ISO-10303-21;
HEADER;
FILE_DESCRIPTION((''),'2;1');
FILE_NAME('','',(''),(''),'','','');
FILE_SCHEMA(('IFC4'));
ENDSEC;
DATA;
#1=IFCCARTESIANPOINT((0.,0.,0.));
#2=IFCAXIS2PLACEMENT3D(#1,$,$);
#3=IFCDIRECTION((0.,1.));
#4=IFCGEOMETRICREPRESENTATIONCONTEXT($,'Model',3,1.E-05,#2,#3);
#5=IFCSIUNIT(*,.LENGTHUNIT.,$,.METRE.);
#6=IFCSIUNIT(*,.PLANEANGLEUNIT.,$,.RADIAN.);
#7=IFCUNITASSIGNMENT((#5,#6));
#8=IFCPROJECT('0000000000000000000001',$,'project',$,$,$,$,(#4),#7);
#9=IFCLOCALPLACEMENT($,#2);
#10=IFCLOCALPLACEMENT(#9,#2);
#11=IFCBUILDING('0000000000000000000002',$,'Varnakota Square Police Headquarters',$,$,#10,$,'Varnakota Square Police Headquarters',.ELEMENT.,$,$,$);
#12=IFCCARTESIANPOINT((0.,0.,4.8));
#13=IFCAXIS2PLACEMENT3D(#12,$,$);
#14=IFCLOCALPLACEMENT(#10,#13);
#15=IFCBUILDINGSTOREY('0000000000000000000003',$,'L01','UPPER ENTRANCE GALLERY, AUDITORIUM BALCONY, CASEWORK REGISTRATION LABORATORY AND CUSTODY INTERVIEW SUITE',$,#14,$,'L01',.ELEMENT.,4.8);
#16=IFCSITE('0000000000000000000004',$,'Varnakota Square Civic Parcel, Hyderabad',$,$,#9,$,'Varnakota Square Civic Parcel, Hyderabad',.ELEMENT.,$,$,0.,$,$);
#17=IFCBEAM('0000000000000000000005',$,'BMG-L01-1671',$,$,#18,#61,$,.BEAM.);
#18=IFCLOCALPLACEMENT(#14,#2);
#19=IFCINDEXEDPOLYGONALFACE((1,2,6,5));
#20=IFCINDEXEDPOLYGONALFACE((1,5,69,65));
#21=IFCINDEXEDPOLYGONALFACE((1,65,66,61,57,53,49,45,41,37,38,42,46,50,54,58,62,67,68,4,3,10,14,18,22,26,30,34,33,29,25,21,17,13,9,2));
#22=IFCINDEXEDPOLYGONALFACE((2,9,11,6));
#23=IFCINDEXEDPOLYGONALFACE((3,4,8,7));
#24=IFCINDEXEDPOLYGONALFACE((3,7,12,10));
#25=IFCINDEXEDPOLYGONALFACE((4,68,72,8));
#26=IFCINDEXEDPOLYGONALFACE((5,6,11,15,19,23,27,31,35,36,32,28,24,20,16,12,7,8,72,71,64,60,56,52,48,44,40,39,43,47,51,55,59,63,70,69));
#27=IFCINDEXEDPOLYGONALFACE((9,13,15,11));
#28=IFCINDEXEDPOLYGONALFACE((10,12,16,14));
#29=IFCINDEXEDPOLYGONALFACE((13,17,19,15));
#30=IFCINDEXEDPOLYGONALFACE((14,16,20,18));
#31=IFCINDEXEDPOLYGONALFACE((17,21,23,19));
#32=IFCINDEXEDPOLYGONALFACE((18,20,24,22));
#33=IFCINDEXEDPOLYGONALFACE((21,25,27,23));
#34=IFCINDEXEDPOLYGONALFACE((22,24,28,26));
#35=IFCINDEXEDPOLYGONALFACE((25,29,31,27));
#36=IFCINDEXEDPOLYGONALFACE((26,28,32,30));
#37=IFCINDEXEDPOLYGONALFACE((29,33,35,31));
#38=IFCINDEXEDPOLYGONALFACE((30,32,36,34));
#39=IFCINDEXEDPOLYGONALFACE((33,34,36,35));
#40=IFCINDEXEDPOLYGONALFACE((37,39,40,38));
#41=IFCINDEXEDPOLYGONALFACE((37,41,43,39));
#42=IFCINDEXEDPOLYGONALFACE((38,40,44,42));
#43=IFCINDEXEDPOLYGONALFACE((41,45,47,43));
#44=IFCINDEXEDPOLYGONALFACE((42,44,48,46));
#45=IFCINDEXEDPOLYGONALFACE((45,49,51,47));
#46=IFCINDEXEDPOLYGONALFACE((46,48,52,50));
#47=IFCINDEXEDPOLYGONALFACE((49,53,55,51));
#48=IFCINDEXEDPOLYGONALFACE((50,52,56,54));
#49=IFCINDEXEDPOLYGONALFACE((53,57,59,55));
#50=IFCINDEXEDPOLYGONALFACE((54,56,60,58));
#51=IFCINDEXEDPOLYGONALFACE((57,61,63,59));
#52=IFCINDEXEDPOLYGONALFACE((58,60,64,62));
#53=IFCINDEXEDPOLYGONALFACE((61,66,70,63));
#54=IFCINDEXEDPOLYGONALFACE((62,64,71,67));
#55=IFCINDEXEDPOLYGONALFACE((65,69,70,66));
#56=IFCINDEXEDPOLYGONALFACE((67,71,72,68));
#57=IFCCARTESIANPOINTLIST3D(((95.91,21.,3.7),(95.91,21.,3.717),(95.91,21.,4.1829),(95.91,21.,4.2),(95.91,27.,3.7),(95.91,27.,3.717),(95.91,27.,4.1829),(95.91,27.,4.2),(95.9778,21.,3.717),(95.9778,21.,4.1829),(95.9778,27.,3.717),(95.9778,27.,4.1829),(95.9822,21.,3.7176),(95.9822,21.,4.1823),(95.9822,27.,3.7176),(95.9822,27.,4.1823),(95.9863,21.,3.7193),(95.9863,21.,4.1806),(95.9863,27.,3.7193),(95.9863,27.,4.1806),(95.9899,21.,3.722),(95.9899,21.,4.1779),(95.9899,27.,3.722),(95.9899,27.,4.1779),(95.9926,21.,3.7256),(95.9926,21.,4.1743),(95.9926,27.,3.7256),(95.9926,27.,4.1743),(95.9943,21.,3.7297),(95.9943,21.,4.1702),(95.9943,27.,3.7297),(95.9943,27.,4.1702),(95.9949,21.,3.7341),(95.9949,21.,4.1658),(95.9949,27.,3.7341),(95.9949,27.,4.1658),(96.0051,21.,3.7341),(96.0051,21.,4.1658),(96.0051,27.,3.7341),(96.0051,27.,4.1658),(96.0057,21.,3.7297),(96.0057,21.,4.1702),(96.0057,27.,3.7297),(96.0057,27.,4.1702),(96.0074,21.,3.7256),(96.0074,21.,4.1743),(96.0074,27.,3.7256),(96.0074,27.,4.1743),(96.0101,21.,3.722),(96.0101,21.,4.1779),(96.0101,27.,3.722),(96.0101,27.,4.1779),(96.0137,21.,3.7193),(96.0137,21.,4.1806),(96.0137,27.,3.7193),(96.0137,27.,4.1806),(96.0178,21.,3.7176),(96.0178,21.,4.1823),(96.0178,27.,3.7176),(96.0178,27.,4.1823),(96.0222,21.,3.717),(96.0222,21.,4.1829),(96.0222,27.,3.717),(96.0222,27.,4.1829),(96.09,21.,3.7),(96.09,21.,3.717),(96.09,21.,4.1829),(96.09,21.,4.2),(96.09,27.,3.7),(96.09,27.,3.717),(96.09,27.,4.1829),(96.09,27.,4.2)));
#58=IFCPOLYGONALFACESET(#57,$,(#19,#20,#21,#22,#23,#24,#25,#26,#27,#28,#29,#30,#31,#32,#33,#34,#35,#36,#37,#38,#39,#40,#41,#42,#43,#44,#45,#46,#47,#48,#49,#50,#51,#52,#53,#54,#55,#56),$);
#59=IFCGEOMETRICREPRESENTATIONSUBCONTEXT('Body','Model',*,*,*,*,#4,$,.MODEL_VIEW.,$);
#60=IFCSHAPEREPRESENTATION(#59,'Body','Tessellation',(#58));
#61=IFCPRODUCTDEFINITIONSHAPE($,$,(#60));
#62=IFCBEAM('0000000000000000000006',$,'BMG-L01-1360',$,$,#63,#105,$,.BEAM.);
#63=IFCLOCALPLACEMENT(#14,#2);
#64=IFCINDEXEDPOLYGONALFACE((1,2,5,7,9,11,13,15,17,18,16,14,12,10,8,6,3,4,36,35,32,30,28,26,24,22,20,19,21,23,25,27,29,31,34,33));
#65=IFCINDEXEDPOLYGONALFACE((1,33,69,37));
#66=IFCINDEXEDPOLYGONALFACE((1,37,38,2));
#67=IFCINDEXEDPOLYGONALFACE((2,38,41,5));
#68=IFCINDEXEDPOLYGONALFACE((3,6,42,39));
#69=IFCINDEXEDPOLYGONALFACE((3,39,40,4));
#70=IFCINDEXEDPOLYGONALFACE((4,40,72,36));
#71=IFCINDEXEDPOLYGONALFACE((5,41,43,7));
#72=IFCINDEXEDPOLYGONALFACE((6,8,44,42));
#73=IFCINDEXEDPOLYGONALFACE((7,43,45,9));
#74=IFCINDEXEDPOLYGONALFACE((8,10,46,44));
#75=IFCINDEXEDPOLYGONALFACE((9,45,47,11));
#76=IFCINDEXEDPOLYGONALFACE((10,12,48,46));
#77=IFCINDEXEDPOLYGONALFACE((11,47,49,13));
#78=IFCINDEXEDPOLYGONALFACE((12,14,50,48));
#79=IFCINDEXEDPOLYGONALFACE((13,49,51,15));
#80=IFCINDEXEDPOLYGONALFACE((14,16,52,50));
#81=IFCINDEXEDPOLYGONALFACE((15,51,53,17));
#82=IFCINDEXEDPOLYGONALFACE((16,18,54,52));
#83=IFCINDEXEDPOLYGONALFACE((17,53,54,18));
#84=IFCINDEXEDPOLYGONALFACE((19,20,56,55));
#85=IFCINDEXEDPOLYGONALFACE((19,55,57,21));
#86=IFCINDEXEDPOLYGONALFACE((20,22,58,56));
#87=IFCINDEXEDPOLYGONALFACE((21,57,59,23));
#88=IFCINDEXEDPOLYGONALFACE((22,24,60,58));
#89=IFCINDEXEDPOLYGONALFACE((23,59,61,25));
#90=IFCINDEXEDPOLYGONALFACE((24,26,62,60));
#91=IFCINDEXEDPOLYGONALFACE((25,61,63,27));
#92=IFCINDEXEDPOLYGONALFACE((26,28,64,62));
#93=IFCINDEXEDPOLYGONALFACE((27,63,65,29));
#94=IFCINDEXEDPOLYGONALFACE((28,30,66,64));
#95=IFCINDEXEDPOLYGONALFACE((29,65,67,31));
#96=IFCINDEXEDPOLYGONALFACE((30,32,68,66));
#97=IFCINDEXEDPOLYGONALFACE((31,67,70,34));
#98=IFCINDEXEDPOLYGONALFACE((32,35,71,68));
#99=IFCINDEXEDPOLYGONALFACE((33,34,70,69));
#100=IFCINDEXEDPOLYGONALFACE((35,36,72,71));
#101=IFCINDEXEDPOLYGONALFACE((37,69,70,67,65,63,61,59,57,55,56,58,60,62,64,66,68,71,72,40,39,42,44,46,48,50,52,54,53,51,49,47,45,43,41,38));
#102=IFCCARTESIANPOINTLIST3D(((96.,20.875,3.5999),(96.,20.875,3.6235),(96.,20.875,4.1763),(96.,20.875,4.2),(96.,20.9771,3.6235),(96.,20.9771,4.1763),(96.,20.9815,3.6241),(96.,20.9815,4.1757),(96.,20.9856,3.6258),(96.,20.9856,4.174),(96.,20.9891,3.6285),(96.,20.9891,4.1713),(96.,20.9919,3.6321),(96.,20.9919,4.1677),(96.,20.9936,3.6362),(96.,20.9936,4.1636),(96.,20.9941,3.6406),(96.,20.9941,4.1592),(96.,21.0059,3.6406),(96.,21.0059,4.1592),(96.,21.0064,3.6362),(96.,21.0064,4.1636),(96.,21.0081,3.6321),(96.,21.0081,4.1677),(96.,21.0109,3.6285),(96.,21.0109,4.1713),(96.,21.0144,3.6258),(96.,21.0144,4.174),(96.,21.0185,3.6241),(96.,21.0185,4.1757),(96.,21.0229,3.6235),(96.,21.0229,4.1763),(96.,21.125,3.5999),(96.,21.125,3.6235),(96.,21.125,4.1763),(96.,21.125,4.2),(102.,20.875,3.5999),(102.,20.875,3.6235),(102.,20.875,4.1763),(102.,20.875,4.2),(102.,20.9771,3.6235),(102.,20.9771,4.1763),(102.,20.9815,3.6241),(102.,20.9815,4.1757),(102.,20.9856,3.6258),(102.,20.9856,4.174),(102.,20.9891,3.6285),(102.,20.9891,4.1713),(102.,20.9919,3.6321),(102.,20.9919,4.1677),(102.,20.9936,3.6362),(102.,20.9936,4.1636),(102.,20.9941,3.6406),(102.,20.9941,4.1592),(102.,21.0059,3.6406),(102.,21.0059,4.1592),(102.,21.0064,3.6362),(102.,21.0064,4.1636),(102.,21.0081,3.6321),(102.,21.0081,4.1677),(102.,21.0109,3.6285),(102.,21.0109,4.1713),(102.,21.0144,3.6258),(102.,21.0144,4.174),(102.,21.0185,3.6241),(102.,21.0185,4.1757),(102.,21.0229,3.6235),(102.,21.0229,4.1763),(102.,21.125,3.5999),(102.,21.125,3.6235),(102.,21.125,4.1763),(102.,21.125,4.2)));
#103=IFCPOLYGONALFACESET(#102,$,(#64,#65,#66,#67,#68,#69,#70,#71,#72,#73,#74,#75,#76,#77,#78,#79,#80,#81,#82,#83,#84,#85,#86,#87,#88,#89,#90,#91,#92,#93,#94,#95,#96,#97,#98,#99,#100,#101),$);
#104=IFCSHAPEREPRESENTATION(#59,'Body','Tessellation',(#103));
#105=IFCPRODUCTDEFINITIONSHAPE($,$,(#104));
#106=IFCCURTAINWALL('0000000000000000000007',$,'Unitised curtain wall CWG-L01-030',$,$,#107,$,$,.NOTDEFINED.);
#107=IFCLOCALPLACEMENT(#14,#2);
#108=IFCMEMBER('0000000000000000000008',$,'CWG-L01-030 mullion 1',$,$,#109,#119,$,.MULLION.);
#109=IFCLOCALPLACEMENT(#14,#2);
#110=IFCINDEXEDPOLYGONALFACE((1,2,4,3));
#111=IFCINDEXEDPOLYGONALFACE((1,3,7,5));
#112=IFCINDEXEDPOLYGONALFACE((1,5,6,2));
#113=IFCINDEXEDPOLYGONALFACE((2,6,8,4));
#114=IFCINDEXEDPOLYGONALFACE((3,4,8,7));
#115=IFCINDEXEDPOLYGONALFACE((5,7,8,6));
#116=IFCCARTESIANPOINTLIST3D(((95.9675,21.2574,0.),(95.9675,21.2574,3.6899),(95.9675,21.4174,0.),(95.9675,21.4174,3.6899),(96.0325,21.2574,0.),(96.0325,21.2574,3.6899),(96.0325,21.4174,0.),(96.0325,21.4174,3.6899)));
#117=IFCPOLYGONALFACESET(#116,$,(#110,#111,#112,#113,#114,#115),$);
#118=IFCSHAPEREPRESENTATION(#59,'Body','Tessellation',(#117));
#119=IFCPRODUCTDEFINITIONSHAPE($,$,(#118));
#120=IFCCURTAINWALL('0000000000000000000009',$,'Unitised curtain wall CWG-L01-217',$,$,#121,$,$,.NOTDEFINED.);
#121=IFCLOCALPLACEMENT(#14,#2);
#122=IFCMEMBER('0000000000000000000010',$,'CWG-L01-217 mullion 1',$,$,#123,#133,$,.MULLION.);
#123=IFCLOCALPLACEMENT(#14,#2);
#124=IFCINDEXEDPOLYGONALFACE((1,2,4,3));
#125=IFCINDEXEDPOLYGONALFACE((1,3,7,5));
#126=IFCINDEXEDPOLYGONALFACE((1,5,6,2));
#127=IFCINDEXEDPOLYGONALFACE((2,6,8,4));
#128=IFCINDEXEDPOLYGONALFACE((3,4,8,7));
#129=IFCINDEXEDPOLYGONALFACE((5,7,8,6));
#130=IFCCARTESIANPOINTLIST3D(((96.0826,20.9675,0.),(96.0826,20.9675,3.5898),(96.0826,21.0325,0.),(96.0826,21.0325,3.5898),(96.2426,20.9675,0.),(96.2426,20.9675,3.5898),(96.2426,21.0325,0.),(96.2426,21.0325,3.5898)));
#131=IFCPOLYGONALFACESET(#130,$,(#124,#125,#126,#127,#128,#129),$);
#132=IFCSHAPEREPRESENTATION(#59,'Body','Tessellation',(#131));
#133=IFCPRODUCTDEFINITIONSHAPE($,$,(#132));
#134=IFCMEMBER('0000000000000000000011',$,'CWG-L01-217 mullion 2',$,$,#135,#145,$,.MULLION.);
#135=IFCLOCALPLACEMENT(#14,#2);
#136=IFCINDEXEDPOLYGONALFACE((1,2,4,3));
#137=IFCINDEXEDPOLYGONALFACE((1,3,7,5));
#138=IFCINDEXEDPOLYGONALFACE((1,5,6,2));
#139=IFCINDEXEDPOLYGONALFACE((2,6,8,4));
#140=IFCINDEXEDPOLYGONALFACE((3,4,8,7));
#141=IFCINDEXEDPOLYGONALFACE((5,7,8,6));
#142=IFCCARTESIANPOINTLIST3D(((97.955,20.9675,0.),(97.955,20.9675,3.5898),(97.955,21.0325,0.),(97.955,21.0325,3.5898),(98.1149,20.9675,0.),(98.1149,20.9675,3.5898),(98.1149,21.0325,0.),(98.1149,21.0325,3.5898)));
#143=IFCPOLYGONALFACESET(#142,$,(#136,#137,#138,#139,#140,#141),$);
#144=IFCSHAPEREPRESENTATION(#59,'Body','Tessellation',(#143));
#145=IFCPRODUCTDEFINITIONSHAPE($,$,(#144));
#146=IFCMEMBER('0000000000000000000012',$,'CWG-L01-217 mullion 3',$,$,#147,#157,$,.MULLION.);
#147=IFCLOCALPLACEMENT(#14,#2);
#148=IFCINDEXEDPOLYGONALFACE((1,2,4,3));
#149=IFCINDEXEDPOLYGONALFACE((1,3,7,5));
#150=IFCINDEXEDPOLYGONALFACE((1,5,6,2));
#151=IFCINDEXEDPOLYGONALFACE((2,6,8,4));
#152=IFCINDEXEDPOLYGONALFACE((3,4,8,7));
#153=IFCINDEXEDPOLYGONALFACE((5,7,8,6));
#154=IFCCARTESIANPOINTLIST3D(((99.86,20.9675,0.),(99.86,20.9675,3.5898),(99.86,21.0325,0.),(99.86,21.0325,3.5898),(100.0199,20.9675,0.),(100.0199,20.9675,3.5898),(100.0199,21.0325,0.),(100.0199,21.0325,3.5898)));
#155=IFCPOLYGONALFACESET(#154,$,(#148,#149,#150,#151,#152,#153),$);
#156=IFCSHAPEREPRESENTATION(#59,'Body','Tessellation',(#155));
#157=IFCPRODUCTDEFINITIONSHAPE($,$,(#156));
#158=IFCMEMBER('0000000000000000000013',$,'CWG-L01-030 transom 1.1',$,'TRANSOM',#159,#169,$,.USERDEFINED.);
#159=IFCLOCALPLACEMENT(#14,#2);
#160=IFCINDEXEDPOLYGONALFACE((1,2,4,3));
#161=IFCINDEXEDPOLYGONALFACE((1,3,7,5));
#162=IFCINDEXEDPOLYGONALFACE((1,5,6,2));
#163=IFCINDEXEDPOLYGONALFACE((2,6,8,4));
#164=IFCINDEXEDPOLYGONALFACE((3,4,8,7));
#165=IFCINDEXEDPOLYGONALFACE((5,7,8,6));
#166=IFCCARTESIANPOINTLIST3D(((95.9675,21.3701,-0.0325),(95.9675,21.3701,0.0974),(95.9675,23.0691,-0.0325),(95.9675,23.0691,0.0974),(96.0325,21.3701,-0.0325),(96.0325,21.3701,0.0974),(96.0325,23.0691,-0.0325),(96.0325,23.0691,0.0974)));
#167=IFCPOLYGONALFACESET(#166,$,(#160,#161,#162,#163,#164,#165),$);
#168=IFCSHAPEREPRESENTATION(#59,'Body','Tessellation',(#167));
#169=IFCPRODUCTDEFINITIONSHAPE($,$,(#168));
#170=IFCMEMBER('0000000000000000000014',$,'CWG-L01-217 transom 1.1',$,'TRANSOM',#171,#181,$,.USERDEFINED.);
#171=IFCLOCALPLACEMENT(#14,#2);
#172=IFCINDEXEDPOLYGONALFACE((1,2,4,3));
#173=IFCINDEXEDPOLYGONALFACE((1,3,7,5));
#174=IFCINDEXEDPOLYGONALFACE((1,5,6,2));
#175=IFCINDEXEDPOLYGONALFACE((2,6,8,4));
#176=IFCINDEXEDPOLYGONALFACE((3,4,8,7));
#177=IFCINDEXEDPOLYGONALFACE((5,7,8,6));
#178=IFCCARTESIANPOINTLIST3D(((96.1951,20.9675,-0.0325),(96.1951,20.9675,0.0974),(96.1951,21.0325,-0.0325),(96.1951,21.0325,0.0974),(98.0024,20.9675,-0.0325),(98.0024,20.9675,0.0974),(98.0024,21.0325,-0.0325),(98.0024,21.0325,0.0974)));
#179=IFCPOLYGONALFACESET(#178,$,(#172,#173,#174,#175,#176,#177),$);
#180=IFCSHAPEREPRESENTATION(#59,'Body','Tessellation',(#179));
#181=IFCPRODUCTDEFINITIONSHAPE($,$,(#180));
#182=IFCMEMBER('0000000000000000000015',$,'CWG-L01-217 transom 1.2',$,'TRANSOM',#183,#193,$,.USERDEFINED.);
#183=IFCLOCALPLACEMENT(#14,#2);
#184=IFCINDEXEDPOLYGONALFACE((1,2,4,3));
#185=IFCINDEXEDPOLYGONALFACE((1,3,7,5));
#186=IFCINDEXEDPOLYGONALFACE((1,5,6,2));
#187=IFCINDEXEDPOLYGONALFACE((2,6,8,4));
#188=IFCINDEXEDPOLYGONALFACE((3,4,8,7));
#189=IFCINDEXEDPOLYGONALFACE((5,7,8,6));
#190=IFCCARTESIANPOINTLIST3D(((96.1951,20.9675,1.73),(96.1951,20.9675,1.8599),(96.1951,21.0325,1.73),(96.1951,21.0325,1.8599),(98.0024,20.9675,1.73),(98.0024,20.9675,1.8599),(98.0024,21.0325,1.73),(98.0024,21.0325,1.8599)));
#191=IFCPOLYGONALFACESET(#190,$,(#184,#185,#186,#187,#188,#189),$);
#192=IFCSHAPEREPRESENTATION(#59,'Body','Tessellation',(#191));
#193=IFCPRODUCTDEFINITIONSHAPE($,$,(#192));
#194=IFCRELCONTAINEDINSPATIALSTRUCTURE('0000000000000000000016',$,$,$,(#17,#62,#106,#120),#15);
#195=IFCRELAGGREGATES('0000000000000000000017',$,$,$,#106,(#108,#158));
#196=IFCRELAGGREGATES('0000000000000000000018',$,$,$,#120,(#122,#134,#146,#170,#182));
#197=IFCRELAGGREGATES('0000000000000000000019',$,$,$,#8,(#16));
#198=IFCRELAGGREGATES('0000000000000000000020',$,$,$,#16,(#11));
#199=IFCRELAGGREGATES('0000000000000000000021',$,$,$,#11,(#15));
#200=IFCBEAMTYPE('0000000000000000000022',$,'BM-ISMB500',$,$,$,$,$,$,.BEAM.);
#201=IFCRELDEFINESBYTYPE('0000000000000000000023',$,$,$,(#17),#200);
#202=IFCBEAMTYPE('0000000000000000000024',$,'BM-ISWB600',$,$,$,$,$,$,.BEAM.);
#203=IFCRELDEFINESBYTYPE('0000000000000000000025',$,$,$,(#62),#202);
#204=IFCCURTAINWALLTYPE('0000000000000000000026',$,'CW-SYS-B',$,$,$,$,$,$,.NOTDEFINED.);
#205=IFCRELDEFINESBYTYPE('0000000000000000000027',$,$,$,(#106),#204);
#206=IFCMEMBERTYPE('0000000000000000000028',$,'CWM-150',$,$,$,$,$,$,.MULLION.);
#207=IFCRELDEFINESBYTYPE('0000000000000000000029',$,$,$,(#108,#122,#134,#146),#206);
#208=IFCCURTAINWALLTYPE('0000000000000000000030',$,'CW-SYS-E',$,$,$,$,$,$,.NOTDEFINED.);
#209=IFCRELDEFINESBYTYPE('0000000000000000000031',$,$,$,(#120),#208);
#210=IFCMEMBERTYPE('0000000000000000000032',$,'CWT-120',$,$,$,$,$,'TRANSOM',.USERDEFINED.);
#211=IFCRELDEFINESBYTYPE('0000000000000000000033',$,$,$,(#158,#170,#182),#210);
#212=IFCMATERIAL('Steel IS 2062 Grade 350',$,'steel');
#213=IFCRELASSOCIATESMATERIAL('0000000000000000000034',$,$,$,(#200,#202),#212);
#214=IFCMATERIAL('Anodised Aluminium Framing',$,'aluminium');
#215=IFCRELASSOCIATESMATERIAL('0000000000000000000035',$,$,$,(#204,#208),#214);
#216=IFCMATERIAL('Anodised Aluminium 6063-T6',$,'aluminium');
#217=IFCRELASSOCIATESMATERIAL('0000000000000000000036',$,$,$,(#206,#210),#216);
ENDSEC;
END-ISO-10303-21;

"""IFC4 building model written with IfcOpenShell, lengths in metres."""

from ifc_helpers import new_model, si_unit, direction, frame, origin, origin_2d, place, context, subcontext, project, spatial, rectangle, i_section, extrude, material, material_profile, profile_set, type_object, element, aggregate, save


model = new_model("IFC4")

# Units and contexts
model_context = context("Model", 3, precision=1e-05, world=origin(), true_north=direction((0.0, 1.0)))
body_context = subcontext(model_context, "Body", "Model", "MODEL_VIEW")
ifc_project = project(units=[si_unit("LENGTHUNIT", "METRE"), si_unit("PLANEANGLEUNIT", "RADIAN")], contexts=[model_context])

# Site, building, storey
site_placement = place(None, origin())
site = spatial("IfcSite", under=ifc_project, at=site_placement, Name="Varnakota Square Civic Parcel, Hyderabad", LongName="Varnakota Square Civic Parcel, Hyderabad", CompositionType="ELEMENT", RefElevation=0.0)
building_placement = place(site_placement, origin())
building = spatial("IfcBuilding", under=site, at=building_placement, Name="Varnakota Square Police Headquarters", LongName="Varnakota Square Police Headquarters", CompositionType="ELEMENT")
storey_placement = place(building_placement, frame((0.0, 0.0, 4.8)))
storey = spatial("IfcBuildingStorey", under=building, at=storey_placement, Name="L01", Description="UPPER ENTRANCE GALLERY, AUDITORIUM BALCONY, CASEWORK REGISTRATION LABORATORY AND CUSTODY INTERVIEW SUITE", LongName="L01", CompositionType="ELEMENT", Elevation=4.8)

# Beams
ifc_material_1 = material(Name="Steel IS 2062 Grade 350", Category="steel")
ifc_material_profile_1 = material_profile(ifc_material_1, i_section(OverallWidth=0.1799, OverallDepth=0.5, WebThickness=0.0103, FlangeThickness=0.0171, FilletRadius=0.0171, at=origin_2d()), Name="ISMB 500")
ifc_profile_set_1 = profile_set([ifc_material_profile_1], Name="Steel IS 2062 Grade 350")
beam_type_1 = type_object("IfcBeamType", Name="BM-ISMB500", PredefinedType="BEAM", material=ifc_profile_set_1)
beam_1_placement = place(storey_placement, frame((96.0, 21.0, 3.95), z_axis=(0.0, 1.0, 0.0), x_axis=(-1.0, 0.0, 0.0)))
element("IfcBeam", 1, at=beam_1_placement, inside=storey, type_object=beam_type_1, Name="BMG-L01-1671", PredefinedType="BEAM", context=body_context, shape_type="SweptSolid", body=[
    extrude(i_section(OverallWidth=0.1799, OverallDepth=0.5, WebThickness=0.0103, FlangeThickness=0.0171, FilletRadius=0.0171, at=origin_2d()), origin(), (0.0, 0.0, 1.0), 6.0),
])
ifc_material_profile_2 = material_profile(ifc_material_1, i_section(OverallWidth=0.25, OverallDepth=0.6001, WebThickness=0.0117, FlangeThickness=0.0237, FilletRadius=0.0171, at=origin_2d()), Name="ISWB 600")
ifc_profile_set_2 = profile_set([ifc_material_profile_2], Name="Steel IS 2062 Grade 350")
beam_type_2 = type_object("IfcBeamType", Name="BM-ISWB600", PredefinedType="BEAM", material=ifc_profile_set_2)
beam_2_placement = place(storey_placement, frame((96.0, 21.0, 3.8999), z_axis=(1.0, 0.0, 0.0), x_axis=(0.0, 1.0, 0.0)))
element("IfcBeam", 2, at=beam_2_placement, inside=storey, type_object=beam_type_2, Name="BMG-L01-1360", PredefinedType="BEAM", context=body_context, shape_type="SweptSolid", body=[
    extrude(i_section(OverallWidth=0.25, OverallDepth=0.6001, WebThickness=0.0117, FlangeThickness=0.0237, FilletRadius=0.0171, at=origin_2d()), origin(), (0.0, 0.0, 1.0), 6.0),
])

# Curtain wall, member
ifc_material_2 = material(Name="Anodised Aluminium Framing", Category="aluminium")
curtain_wall_type_1 = type_object("IfcCurtainWallType", Name="CW-SYS-B", PredefinedType="NOTDEFINED", material=ifc_material_2)
curtain_wall_1_placement = place(storey_placement, origin())
curtain_wall_1 = element("IfcCurtainWall", 3, at=curtain_wall_1_placement, inside=storey, type_object=curtain_wall_type_1, Name="Unitised curtain wall CWG-L01-030", PredefinedType="NOTDEFINED")
ifc_material_3 = material(Name="Anodised Aluminium 6063-T6", Category="aluminium")
ifc_material_profile_3 = material_profile(ifc_material_3, rectangle(XDim=0.0649, YDim=0.1599, at=origin_2d()), Name="ALU MULLION 65x160")
ifc_profile_set_3 = profile_set([ifc_material_profile_3], Name="Anodised Aluminium 6063-T6")
member_type_1 = type_object("IfcMemberType", Name="CWM-150", PredefinedType="MULLION", material=ifc_profile_set_3)
member_1_placement = place(storey_placement, frame((96.0, 21.3374, 0.0), z_axis=(0.0, 0.0, 1.0), x_axis=(-1.0, 0.0, 0.0)))
member_1 = element("IfcMember", 4, at=member_1_placement, type_object=member_type_1, Name="CWG-L01-030 mullion 1", PredefinedType="MULLION", context=body_context, shape_type="SweptSolid", body=[
    extrude(rectangle(XDim=0.0649, YDim=0.1599, at=origin_2d()), origin(), (0.0, 0.0, 1.0), 3.6899),
])

# Curtain wall, members
curtain_wall_type_2 = type_object("IfcCurtainWallType", Name="CW-SYS-E", PredefinedType="NOTDEFINED", material=ifc_material_2)
curtain_wall_2_placement = place(storey_placement, origin())
curtain_wall_2 = element("IfcCurtainWall", 5, at=curtain_wall_2_placement, inside=storey, type_object=curtain_wall_type_2, Name="Unitised curtain wall CWG-L01-217", PredefinedType="NOTDEFINED")
member_2_placement = place(storey_placement, frame((96.1626, 21.0, 0.0), z_axis=(0.0, 0.0, 1.0), x_axis=(0.0, 1.0, 0.0)))
member_2 = element("IfcMember", 6, at=member_2_placement, type_object=member_type_1, Name="CWG-L01-217 mullion 1", PredefinedType="MULLION", context=body_context, shape_type="SweptSolid", body=[
    extrude(rectangle(XDim=0.0649, YDim=0.1599, at=origin_2d()), origin(), (0.0, 0.0, 1.0), 3.5898),
])
member_3_placement = place(storey_placement, frame((98.0349, 21.0, 0.0), z_axis=(0.0, 0.0, 1.0), x_axis=(0.0, 1.0, 0.0)))
member_3 = element("IfcMember", 7, at=member_3_placement, type_object=member_type_1, Name="CWG-L01-217 mullion 2", PredefinedType="MULLION", context=body_context, shape_type="SweptSolid", body=[
    extrude(rectangle(XDim=0.0649, YDim=0.1599, at=origin_2d()), origin(), (0.0, 0.0, 1.0), 3.5898),
])
member_4_placement = place(storey_placement, frame((99.9399, 21.0, 0.0), z_axis=(0.0, 0.0, 1.0), x_axis=(0.0, 1.0, 0.0)))
member_4 = element("IfcMember", 8, at=member_4_placement, type_object=member_type_1, Name="CWG-L01-217 mullion 3", PredefinedType="MULLION", context=body_context, shape_type="SweptSolid", body=[
    extrude(rectangle(XDim=0.0649, YDim=0.1599, at=origin_2d()), origin(), (0.0, 0.0, 1.0), 3.5898),
])

# Members
ifc_material_profile_4 = material_profile(ifc_material_3, rectangle(XDim=0.0649, YDim=0.1299, at=origin_2d()), Name="ALU TRANSOM 65x130")
ifc_profile_set_4 = profile_set([ifc_material_profile_4], Name="Anodised Aluminium 6063-T6")
member_type_2 = type_object("IfcMemberType", Name="CWT-120", ElementType="TRANSOM", PredefinedType="USERDEFINED", material=ifc_profile_set_4)
member_5_placement = place(storey_placement, frame((96.0, 21.3701, 0.0325), z_axis=(0.0, 1.0, 0.0), x_axis=(-1.0, 0.0, 0.0)))
member_5 = element("IfcMember", 9, at=member_5_placement, type_object=member_type_2, Name="CWG-L01-030 transom 1.1", ObjectType="TRANSOM", PredefinedType="USERDEFINED", context=body_context, shape_type="SweptSolid", body=[
    extrude(rectangle(XDim=0.0649, YDim=0.1299, at=origin_2d()), origin(), (0.0, 0.0, 1.0), 1.699),
])
aggregate(curtain_wall_1, [member_1, member_5])
member_6_placement = place(storey_placement, frame((96.1951, 21.0, 0.0325), z_axis=(1.0, 0.0, 0.0), x_axis=(0.0, 1.0, 0.0)))
member_6 = element("IfcMember", 10, at=member_6_placement, type_object=member_type_2, Name="CWG-L01-217 transom 1.1", ObjectType="TRANSOM", PredefinedType="USERDEFINED", context=body_context, shape_type="SweptSolid", body=[
    extrude(rectangle(XDim=0.0649, YDim=0.1299, at=origin_2d()), origin(), (0.0, 0.0, 1.0), 1.8074),
])
member_7_placement = place(storey_placement, frame((96.1951, 21.0, 1.7949), z_axis=(1.0, 0.0, 0.0), x_axis=(0.0, 1.0, 0.0)))
member_7 = element("IfcMember", 11, at=member_7_placement, type_object=member_type_2, Name="CWG-L01-217 transom 1.2", ObjectType="TRANSOM", PredefinedType="USERDEFINED", context=body_context, shape_type="SweptSolid", body=[
    extrude(rectangle(XDim=0.0649, YDim=0.1299, at=origin_2d()), origin(), (0.0, 0.0, 1.0), 1.8074),
])

aggregate(curtain_wall_2, [member_2, member_3, member_4, member_6, member_7])

save(model, "model.ifc")
